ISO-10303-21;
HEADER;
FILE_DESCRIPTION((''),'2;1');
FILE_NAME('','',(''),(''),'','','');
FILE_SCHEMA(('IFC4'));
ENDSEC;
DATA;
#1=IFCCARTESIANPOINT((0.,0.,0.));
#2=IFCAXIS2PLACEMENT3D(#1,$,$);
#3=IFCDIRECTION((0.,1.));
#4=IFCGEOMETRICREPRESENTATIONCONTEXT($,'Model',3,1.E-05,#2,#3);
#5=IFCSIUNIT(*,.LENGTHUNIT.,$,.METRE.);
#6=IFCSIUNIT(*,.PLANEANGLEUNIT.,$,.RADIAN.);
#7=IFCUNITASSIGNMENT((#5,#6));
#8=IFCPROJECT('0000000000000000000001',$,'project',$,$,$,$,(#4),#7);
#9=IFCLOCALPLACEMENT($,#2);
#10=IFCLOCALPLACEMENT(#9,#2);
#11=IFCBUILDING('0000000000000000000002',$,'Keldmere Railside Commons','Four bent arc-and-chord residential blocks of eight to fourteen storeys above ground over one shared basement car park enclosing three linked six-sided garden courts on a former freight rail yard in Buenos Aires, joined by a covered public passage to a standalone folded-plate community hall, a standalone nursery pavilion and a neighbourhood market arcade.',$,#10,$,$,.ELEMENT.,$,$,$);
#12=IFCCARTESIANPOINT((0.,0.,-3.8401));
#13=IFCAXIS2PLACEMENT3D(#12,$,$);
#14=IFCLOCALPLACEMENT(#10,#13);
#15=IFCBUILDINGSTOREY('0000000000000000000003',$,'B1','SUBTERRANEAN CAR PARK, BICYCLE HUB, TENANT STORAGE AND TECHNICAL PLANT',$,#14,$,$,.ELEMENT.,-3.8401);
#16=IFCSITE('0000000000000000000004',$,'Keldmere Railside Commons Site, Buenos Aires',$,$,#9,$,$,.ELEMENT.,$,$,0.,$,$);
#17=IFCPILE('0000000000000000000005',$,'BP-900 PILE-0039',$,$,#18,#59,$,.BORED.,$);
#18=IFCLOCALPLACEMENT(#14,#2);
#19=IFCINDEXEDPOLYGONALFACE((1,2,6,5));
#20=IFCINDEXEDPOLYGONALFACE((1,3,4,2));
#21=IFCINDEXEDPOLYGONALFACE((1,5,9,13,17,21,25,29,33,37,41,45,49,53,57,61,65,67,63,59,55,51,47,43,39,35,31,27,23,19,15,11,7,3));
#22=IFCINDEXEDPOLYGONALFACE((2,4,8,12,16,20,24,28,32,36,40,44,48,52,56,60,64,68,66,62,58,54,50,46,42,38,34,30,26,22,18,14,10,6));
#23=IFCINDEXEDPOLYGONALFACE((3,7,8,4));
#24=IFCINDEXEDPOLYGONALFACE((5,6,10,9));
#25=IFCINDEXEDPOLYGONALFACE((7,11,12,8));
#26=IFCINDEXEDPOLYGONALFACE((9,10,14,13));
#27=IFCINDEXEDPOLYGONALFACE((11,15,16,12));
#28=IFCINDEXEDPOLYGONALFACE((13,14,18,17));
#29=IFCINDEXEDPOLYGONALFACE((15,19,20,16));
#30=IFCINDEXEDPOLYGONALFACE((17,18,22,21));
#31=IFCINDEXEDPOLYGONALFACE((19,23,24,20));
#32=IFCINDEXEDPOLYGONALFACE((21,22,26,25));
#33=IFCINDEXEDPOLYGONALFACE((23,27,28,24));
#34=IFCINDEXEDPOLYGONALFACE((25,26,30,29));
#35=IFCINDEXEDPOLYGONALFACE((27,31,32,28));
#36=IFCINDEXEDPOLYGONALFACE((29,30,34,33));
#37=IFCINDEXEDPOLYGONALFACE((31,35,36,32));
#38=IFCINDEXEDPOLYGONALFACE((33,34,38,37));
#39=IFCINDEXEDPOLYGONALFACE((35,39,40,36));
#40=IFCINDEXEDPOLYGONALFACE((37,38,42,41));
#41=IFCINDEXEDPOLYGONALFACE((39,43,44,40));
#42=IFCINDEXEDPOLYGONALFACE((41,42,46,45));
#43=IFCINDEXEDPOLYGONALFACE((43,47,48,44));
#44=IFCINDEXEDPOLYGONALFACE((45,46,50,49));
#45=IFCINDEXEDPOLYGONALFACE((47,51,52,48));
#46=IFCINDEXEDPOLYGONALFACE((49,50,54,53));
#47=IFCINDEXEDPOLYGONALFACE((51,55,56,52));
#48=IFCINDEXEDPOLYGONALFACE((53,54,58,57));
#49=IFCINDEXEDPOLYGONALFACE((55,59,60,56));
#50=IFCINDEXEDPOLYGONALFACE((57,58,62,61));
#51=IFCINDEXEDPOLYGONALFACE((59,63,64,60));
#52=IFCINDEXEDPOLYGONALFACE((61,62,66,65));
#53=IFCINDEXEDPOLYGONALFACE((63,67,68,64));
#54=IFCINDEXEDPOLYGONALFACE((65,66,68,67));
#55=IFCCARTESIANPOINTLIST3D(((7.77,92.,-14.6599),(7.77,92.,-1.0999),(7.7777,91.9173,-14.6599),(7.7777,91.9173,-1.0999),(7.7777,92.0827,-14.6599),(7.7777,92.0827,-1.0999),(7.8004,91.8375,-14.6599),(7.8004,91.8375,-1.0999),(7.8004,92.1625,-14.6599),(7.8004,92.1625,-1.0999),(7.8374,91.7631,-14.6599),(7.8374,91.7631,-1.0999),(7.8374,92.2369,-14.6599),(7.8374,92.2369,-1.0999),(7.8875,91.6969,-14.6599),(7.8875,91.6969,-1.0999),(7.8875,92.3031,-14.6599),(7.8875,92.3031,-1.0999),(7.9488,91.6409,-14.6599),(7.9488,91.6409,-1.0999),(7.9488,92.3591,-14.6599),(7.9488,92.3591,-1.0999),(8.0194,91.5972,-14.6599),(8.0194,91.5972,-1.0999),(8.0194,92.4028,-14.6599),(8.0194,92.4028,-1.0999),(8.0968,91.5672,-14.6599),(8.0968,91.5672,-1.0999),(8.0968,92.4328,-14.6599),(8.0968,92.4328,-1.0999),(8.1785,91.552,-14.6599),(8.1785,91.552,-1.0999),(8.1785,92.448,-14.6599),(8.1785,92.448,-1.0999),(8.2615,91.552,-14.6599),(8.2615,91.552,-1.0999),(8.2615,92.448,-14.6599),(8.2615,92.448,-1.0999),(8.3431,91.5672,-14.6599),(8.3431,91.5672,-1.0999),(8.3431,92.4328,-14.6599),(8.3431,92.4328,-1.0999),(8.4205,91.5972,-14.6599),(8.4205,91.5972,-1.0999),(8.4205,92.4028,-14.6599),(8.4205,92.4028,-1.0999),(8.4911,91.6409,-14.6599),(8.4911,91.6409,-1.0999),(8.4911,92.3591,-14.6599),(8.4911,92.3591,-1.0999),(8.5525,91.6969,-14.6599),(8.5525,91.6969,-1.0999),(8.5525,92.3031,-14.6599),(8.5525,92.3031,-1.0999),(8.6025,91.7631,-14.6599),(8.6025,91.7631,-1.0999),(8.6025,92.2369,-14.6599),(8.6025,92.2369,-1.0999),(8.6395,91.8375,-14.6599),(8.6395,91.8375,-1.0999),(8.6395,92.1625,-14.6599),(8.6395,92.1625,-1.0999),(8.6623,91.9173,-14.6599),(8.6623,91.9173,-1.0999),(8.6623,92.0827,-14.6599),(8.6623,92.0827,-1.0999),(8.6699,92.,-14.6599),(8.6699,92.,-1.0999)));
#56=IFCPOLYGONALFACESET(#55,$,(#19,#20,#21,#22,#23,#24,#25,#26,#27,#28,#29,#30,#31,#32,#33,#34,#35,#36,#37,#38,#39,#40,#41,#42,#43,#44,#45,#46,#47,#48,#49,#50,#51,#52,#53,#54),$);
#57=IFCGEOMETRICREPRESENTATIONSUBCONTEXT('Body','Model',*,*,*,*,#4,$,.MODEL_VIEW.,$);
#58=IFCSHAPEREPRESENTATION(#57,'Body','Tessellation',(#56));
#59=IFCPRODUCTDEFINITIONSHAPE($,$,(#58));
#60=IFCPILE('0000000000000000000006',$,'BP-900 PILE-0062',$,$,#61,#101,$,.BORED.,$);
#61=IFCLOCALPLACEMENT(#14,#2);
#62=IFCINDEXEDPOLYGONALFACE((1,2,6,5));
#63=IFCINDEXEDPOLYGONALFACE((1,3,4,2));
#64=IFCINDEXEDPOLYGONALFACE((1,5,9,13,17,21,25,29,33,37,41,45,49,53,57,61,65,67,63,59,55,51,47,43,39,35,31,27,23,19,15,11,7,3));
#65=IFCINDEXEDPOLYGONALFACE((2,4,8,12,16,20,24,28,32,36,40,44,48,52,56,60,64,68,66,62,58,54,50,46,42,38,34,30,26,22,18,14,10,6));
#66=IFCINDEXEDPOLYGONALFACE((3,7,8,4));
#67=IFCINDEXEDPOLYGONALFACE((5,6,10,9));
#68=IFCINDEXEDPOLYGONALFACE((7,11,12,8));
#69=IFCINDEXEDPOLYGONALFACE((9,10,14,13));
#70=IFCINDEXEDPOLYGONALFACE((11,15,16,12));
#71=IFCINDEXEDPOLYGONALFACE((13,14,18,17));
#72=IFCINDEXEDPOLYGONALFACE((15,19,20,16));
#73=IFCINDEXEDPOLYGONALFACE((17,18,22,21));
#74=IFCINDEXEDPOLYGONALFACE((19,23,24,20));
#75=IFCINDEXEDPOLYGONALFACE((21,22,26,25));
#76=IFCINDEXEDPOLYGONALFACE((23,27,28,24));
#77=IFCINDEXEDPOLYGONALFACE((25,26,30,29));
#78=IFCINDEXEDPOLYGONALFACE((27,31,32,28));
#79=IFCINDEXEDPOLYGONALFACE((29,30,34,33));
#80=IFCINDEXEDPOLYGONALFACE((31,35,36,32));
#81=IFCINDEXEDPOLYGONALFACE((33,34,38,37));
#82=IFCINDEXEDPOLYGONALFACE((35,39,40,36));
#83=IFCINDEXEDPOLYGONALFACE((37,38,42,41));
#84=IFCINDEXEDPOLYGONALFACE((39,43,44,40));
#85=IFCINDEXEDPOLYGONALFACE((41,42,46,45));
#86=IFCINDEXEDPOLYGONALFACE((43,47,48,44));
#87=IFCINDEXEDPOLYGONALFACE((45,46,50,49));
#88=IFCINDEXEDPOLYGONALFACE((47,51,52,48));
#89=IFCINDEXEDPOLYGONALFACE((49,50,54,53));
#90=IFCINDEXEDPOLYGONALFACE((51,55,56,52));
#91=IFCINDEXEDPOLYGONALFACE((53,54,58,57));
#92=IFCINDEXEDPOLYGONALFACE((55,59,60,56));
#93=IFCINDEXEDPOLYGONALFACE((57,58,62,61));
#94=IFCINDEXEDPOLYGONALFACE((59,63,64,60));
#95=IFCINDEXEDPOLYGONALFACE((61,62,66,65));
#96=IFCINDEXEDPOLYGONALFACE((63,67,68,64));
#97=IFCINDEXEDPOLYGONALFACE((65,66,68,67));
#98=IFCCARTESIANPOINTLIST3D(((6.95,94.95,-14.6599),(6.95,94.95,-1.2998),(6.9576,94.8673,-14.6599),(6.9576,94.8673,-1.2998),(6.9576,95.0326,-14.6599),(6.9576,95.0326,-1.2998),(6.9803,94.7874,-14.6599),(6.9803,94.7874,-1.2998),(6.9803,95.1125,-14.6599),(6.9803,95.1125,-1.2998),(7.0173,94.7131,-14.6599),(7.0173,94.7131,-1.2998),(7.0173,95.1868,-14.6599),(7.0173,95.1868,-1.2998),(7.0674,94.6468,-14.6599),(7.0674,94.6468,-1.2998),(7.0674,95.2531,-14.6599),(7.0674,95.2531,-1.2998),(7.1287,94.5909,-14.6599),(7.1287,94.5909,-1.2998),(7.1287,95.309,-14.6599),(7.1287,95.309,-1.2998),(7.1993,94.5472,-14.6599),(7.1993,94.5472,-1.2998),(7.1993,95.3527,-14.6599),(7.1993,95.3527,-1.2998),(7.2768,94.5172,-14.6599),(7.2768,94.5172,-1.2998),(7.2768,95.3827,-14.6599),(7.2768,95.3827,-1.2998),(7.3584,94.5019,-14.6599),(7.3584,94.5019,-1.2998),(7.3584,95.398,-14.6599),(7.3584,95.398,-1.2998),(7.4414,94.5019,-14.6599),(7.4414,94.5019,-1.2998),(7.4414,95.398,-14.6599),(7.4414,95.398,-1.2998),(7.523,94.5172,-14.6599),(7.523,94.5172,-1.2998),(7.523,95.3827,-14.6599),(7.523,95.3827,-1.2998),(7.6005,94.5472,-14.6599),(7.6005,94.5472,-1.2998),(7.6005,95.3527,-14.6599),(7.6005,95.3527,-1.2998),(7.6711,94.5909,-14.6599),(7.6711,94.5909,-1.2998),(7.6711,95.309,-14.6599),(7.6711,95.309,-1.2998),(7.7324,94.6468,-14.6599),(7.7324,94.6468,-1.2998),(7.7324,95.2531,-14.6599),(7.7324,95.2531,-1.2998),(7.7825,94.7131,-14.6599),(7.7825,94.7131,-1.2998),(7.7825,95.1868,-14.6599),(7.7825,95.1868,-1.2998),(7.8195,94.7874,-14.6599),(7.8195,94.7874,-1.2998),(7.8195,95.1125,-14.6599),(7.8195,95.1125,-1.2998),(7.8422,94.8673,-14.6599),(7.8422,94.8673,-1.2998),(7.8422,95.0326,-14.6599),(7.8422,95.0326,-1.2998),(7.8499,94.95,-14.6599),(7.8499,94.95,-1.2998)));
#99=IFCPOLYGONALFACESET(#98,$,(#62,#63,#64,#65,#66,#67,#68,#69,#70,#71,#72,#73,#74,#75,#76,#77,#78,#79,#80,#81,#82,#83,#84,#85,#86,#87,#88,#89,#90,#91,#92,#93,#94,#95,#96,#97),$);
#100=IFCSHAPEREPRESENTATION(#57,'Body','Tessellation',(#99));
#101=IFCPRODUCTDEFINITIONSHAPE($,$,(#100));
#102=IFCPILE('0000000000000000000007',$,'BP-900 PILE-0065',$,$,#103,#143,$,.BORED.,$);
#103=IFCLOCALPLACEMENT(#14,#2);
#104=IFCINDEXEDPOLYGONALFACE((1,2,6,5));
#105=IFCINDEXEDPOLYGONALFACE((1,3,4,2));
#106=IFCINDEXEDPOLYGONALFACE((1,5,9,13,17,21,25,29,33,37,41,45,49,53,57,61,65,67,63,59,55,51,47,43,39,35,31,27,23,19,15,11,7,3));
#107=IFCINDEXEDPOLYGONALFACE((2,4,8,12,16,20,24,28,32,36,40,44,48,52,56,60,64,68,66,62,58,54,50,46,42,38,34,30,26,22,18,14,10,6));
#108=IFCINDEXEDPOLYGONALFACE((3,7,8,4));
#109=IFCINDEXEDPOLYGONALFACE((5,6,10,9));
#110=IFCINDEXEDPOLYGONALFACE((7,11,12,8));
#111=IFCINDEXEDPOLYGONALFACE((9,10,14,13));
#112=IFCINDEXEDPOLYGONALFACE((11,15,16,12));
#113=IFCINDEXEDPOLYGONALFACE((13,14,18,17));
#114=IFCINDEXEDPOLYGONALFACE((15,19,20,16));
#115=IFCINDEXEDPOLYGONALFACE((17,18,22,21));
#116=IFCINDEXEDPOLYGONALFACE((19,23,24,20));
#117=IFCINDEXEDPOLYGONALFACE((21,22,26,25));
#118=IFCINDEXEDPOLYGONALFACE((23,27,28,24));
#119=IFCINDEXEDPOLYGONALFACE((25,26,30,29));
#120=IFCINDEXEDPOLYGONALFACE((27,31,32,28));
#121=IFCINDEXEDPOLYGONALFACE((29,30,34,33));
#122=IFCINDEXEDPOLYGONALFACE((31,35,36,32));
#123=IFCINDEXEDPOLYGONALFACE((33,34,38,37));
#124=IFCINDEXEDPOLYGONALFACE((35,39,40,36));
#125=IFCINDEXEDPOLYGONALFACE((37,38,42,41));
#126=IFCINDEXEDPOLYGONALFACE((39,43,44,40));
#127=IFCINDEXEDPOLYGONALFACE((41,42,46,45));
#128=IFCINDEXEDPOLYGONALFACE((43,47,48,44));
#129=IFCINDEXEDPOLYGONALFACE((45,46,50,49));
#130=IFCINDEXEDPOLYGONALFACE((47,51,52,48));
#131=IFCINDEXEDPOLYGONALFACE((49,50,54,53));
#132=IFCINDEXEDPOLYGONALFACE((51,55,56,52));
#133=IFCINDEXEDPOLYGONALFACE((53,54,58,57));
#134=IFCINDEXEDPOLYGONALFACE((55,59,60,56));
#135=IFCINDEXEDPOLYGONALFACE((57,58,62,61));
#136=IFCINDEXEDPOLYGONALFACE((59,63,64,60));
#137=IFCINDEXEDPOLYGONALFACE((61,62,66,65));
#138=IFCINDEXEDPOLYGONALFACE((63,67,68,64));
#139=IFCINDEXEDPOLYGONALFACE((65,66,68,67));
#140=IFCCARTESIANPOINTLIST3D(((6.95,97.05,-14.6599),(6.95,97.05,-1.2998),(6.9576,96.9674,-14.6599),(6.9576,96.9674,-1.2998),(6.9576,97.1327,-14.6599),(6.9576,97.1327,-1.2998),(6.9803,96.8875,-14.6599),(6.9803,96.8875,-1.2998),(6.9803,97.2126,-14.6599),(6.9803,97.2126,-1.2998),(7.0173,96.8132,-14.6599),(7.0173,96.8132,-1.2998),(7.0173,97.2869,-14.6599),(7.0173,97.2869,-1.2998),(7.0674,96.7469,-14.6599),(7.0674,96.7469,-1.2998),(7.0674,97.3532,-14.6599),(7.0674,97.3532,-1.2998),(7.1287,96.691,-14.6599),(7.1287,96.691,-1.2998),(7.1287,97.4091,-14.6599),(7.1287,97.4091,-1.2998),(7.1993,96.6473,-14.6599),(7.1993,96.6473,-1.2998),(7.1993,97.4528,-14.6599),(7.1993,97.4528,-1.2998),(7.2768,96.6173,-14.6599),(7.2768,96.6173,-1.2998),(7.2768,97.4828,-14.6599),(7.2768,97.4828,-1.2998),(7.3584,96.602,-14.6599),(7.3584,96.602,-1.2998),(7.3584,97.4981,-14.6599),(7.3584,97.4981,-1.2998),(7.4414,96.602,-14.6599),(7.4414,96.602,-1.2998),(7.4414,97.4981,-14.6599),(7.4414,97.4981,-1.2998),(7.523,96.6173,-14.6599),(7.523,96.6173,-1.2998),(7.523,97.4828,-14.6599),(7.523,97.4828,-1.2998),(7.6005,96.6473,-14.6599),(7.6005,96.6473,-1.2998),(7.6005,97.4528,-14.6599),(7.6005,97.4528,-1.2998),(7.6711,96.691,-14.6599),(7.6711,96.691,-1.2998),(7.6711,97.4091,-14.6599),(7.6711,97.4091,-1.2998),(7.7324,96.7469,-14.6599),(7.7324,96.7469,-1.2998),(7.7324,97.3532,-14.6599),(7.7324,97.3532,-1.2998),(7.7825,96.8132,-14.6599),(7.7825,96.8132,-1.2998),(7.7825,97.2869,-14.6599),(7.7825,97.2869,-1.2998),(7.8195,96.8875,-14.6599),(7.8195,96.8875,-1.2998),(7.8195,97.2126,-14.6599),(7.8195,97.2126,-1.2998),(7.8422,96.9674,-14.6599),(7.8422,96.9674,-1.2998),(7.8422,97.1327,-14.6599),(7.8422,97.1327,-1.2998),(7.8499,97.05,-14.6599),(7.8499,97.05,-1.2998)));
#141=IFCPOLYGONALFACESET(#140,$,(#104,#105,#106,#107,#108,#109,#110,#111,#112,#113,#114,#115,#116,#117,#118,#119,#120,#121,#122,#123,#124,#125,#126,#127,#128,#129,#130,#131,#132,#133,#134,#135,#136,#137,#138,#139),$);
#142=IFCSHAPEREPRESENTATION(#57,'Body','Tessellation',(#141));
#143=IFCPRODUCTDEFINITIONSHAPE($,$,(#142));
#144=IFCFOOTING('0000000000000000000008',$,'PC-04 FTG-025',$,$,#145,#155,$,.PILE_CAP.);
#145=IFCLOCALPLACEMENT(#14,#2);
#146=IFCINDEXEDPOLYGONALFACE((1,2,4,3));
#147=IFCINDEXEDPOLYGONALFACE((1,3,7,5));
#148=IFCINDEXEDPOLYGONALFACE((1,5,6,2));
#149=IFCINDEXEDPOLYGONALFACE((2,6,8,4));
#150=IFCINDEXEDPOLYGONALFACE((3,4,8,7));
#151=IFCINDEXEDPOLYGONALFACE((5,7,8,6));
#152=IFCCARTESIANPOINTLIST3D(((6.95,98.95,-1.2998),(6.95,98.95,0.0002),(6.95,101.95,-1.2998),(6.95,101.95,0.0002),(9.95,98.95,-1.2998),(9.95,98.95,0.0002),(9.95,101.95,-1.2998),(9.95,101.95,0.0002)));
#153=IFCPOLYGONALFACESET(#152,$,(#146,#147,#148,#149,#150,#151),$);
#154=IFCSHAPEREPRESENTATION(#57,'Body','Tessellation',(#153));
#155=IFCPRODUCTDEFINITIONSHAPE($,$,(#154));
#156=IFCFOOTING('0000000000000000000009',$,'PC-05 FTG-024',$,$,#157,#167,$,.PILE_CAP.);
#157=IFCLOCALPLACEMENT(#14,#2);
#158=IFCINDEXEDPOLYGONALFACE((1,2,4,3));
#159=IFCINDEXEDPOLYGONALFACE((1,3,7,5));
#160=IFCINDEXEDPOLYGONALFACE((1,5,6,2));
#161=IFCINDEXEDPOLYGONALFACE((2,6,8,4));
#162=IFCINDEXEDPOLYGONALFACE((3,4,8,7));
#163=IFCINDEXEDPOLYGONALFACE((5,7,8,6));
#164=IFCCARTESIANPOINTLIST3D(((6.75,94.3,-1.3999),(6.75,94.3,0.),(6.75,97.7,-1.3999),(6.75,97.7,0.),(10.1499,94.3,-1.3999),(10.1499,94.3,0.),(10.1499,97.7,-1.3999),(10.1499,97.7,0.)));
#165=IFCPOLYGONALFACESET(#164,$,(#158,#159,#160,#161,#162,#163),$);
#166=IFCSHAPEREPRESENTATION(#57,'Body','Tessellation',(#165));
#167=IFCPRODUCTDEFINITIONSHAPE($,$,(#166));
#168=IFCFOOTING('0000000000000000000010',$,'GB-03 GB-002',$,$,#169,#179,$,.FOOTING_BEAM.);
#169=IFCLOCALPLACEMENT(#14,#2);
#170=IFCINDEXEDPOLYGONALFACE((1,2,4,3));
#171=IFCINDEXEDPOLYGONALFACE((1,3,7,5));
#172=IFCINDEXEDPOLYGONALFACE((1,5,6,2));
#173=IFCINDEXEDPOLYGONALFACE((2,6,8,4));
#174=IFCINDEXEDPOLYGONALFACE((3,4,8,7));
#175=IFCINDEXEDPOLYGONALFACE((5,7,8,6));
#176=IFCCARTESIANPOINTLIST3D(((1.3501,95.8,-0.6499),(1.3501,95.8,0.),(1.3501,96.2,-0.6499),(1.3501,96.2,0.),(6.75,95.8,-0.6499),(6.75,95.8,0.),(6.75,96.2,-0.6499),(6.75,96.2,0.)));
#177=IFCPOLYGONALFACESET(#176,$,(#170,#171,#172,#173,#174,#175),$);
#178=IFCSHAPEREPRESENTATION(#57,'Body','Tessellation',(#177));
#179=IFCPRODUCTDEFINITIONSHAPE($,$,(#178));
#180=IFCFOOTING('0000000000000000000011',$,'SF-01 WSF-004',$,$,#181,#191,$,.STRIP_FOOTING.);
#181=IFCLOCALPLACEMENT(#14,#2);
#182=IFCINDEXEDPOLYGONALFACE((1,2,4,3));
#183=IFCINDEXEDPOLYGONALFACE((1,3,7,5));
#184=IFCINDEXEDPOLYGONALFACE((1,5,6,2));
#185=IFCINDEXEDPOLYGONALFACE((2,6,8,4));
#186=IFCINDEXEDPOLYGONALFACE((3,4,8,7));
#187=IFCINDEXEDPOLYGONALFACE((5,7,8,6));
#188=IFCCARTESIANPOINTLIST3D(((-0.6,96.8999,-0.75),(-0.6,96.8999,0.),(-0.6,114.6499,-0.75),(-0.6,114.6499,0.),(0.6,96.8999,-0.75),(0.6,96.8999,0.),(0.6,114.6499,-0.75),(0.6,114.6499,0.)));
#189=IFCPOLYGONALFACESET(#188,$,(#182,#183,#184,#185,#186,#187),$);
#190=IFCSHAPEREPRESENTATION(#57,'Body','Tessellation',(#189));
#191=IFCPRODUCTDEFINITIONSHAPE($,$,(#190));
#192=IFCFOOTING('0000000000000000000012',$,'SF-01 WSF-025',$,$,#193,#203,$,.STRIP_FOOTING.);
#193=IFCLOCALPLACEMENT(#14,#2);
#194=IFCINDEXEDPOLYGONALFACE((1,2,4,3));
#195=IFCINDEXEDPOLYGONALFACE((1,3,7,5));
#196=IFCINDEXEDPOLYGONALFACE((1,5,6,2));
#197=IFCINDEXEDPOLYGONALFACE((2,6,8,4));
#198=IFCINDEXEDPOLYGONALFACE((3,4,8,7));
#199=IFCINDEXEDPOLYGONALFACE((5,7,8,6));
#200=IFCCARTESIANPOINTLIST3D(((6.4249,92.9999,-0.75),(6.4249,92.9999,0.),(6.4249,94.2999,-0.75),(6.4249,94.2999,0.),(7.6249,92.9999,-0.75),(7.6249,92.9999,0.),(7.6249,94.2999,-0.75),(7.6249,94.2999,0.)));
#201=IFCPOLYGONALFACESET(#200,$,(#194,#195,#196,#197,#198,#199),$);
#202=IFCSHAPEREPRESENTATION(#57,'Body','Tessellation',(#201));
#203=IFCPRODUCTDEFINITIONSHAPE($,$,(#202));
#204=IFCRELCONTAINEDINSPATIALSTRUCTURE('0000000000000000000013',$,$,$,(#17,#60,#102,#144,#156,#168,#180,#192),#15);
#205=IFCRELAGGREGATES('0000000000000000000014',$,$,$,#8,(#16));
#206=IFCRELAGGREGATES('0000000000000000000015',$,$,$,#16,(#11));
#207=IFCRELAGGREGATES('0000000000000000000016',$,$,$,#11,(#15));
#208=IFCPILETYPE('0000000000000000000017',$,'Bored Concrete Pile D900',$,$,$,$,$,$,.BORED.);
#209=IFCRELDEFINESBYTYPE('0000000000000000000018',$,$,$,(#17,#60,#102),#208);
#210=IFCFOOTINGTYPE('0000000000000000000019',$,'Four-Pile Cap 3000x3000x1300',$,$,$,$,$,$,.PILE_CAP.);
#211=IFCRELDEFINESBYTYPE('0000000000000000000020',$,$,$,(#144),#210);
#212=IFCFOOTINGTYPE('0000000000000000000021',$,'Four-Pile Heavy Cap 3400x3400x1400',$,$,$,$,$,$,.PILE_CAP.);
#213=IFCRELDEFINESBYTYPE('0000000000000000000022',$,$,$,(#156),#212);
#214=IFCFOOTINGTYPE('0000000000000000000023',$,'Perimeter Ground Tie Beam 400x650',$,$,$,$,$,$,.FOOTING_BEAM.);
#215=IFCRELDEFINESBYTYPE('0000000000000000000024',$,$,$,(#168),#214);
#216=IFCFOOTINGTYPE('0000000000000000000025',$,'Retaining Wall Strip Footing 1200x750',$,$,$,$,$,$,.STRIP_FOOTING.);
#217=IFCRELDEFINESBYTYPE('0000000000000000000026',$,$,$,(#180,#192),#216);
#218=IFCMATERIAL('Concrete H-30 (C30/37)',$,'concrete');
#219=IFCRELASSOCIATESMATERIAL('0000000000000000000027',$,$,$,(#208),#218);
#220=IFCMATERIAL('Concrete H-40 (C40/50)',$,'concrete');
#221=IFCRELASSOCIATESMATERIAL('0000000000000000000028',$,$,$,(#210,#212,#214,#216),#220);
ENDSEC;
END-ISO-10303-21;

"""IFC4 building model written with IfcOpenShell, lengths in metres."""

from ifc_helpers import new_model, si_unit, direction, frame, origin, origin_2d, place, context, subcontext, project, spatial, rectangle, circle, extrude, material, material_profile, profile_set, type_object, element, save


model = new_model("IFC4")

# Units and contexts
model_context = context("Model", 3, precision=1e-05, world=origin(), true_north=direction((0.0, 1.0)))
body_context = subcontext(model_context, "Body", "Model", "MODEL_VIEW")
ifc_project = project(units=[si_unit("LENGTHUNIT", "METRE"), si_unit("PLANEANGLEUNIT", "RADIAN")], contexts=[model_context])

# Site, building, storey
site_placement = place(None, origin())
site = spatial("IfcSite", under=ifc_project, at=site_placement, Name="Keldmere Railside Commons Site, Buenos Aires", CompositionType="ELEMENT", RefElevation=0.0)
building_placement = place(site_placement, origin())
building = spatial("IfcBuilding", under=site, at=building_placement, Name="Keldmere Railside Commons", Description="Four bent arc-and-chord residential blocks of eight to fourteen storeys above ground over one shared basement car park enclosing three linked six-sided garden courts on a former freight rail yard in Buenos Aires, joined by a covered public passage to a standalone folded-plate community hall, a standalone nursery pavilion and a neighbourhood market arcade.", CompositionType="ELEMENT")
storey_placement = place(building_placement, frame((0.0, 0.0, -3.8401)))
storey = spatial("IfcBuildingStorey", under=building, at=storey_placement, Name="B1", Description="SUBTERRANEAN CAR PARK, BICYCLE HUB, TENANT STORAGE AND TECHNICAL PLANT", CompositionType="ELEMENT", Elevation=-3.8401)

# Piles
ifc_material_1 = material(Name="Concrete H-30 (C30/37)", Category="concrete")
ifc_material_profile_1 = material_profile(ifc_material_1, circle(Radius=0.45, at=origin_2d()), Name="PILE-D900")
ifc_profile_set_1 = profile_set([ifc_material_profile_1], Name="Concrete H-30 (C30/37)")
pile_type_1 = type_object("IfcPileType", Name="Bored Concrete Pile D900", PredefinedType="BORED", material=ifc_profile_set_1)
pile_1_placement = place(storey_placement, frame((8.22, 92.0, -1.0999), z_axis=(0.0, 0.0, -1.0), x_axis=(1.0, 0.0, 0.0)))
element("IfcPile", 1, at=pile_1_placement, inside=storey, type_object=pile_type_1, Name="BP-900 PILE-0039", PredefinedType="BORED", context=body_context, shape_type="SweptSolid", body=[
    extrude(circle(Radius=0.45, at=origin_2d()), origin(), (0.0, 0.0, 1.0), 13.5601),
])
for number, where, z_axis, x_axis, name in (
    (2, (7.3999, 94.95, -1.2998), (0.0, 0.0, -1.0), (1.0, 0.0, 0.0), "BP-900 PILE-0062"),
    (3, (7.3999, 97.05, -1.2998), (0.0, 0.0, -1.0), (1.0, 0.0, 0.0), "BP-900 PILE-0065"),
):
    element("IfcPile", number, at=place(storey_placement, frame(where, z_axis=z_axis, x_axis=x_axis)), inside=storey, type_object=pile_type_1, Name=name, PredefinedType="BORED", context=body_context, shape_type="SweptSolid", body=[
        extrude(circle(Radius=0.45, at=origin_2d()), origin(), (0.0, 0.0, 1.0), 13.3601),
    ])

# Footings
ifc_material_2 = material(Name="Concrete H-40 (C40/50)", Category="concrete")
footing_type_1 = type_object("IfcFootingType", Name="Four-Pile Cap 3000x3000x1300", PredefinedType="PILE_CAP", material=ifc_material_2)
footing_1_placement = place(storey_placement, frame((8.45, 100.45, -1.2998), z_axis=(0.0, 0.0, 1.0), x_axis=(1.0, 0.0, 0.0)))
element("IfcFooting", 4, at=footing_1_placement, inside=storey, type_object=footing_type_1, Name="PC-04 FTG-025", PredefinedType="PILE_CAP", context=body_context, shape_type="SweptSolid", body=[
    extrude(rectangle(XDim=3.0, YDim=3.0, at=origin_2d()), origin(), (0.0, 0.0, 1.0), 1.3),
])
footing_type_2 = type_object("IfcFootingType", Name="Four-Pile Heavy Cap 3400x3400x1400", PredefinedType="PILE_CAP", material=ifc_material_2)
footing_2_placement = place(storey_placement, frame((8.45, 96.0, -1.3999), z_axis=(0.0, 0.0, 1.0), x_axis=(1.0, 0.0, 0.0)))
element("IfcFooting", 5, at=footing_2_placement, inside=storey, type_object=footing_type_2, Name="PC-05 FTG-024", PredefinedType="PILE_CAP", context=body_context, shape_type="SweptSolid", body=[
    extrude(rectangle(XDim=3.3999, YDim=3.3999, at=origin_2d()), origin(), (0.0, 0.0, 1.0), 1.3999),
])
footing_type_3 = type_object("IfcFootingType", Name="Perimeter Ground Tie Beam 400x650", PredefinedType="FOOTING_BEAM", material=ifc_material_2)
footing_3_placement = place(storey_placement, frame((4.05, 96.0, -0.6499), z_axis=(0.0, 0.0, 1.0), x_axis=(1.0, 0.0, 0.0)))
element("IfcFooting", 6, at=footing_3_placement, inside=storey, type_object=footing_type_3, Name="GB-03 GB-002", PredefinedType="FOOTING_BEAM", context=body_context, shape_type="SweptSolid", body=[
    extrude(rectangle(XDim=5.3999, YDim=0.3999, at=origin_2d()), origin(), (0.0, 0.0, 1.0), 0.6499),
])
footing_type_4 = type_object("IfcFootingType", Name="Retaining Wall Strip Footing 1200x750", PredefinedType="STRIP_FOOTING", material=ifc_material_2)
footing_4_placement = place(storey_placement, frame((0.0, 105.7749, -0.75), z_axis=(0.0, 0.0, 1.0), x_axis=(0.0, 1.0, 0.0)))
element("IfcFooting", 7, at=footing_4_placement, inside=storey, type_object=footing_type_4, Name="SF-01 WSF-004", PredefinedType="STRIP_FOOTING", context=body_context, shape_type="SweptSolid", body=[
    extrude(rectangle(XDim=17.75, YDim=1.2, at=origin_2d()), origin(), (0.0, 0.0, 1.0), 0.75),
])
footing_5_placement = place(storey_placement, frame((7.0249, 93.6499, -0.75), z_axis=(0.0, 0.0, 1.0), x_axis=(0.0, 1.0, 0.0)))
element("IfcFooting", 8, at=footing_5_placement, inside=storey, type_object=footing_type_4, Name="SF-01 WSF-025", PredefinedType="STRIP_FOOTING", context=body_context, shape_type="SweptSolid", body=[
    extrude(rectangle(XDim=1.3, YDim=1.2, at=origin_2d()), origin(), (0.0, 0.0, 1.0), 0.75),
])

save(model, "model.ifc")
